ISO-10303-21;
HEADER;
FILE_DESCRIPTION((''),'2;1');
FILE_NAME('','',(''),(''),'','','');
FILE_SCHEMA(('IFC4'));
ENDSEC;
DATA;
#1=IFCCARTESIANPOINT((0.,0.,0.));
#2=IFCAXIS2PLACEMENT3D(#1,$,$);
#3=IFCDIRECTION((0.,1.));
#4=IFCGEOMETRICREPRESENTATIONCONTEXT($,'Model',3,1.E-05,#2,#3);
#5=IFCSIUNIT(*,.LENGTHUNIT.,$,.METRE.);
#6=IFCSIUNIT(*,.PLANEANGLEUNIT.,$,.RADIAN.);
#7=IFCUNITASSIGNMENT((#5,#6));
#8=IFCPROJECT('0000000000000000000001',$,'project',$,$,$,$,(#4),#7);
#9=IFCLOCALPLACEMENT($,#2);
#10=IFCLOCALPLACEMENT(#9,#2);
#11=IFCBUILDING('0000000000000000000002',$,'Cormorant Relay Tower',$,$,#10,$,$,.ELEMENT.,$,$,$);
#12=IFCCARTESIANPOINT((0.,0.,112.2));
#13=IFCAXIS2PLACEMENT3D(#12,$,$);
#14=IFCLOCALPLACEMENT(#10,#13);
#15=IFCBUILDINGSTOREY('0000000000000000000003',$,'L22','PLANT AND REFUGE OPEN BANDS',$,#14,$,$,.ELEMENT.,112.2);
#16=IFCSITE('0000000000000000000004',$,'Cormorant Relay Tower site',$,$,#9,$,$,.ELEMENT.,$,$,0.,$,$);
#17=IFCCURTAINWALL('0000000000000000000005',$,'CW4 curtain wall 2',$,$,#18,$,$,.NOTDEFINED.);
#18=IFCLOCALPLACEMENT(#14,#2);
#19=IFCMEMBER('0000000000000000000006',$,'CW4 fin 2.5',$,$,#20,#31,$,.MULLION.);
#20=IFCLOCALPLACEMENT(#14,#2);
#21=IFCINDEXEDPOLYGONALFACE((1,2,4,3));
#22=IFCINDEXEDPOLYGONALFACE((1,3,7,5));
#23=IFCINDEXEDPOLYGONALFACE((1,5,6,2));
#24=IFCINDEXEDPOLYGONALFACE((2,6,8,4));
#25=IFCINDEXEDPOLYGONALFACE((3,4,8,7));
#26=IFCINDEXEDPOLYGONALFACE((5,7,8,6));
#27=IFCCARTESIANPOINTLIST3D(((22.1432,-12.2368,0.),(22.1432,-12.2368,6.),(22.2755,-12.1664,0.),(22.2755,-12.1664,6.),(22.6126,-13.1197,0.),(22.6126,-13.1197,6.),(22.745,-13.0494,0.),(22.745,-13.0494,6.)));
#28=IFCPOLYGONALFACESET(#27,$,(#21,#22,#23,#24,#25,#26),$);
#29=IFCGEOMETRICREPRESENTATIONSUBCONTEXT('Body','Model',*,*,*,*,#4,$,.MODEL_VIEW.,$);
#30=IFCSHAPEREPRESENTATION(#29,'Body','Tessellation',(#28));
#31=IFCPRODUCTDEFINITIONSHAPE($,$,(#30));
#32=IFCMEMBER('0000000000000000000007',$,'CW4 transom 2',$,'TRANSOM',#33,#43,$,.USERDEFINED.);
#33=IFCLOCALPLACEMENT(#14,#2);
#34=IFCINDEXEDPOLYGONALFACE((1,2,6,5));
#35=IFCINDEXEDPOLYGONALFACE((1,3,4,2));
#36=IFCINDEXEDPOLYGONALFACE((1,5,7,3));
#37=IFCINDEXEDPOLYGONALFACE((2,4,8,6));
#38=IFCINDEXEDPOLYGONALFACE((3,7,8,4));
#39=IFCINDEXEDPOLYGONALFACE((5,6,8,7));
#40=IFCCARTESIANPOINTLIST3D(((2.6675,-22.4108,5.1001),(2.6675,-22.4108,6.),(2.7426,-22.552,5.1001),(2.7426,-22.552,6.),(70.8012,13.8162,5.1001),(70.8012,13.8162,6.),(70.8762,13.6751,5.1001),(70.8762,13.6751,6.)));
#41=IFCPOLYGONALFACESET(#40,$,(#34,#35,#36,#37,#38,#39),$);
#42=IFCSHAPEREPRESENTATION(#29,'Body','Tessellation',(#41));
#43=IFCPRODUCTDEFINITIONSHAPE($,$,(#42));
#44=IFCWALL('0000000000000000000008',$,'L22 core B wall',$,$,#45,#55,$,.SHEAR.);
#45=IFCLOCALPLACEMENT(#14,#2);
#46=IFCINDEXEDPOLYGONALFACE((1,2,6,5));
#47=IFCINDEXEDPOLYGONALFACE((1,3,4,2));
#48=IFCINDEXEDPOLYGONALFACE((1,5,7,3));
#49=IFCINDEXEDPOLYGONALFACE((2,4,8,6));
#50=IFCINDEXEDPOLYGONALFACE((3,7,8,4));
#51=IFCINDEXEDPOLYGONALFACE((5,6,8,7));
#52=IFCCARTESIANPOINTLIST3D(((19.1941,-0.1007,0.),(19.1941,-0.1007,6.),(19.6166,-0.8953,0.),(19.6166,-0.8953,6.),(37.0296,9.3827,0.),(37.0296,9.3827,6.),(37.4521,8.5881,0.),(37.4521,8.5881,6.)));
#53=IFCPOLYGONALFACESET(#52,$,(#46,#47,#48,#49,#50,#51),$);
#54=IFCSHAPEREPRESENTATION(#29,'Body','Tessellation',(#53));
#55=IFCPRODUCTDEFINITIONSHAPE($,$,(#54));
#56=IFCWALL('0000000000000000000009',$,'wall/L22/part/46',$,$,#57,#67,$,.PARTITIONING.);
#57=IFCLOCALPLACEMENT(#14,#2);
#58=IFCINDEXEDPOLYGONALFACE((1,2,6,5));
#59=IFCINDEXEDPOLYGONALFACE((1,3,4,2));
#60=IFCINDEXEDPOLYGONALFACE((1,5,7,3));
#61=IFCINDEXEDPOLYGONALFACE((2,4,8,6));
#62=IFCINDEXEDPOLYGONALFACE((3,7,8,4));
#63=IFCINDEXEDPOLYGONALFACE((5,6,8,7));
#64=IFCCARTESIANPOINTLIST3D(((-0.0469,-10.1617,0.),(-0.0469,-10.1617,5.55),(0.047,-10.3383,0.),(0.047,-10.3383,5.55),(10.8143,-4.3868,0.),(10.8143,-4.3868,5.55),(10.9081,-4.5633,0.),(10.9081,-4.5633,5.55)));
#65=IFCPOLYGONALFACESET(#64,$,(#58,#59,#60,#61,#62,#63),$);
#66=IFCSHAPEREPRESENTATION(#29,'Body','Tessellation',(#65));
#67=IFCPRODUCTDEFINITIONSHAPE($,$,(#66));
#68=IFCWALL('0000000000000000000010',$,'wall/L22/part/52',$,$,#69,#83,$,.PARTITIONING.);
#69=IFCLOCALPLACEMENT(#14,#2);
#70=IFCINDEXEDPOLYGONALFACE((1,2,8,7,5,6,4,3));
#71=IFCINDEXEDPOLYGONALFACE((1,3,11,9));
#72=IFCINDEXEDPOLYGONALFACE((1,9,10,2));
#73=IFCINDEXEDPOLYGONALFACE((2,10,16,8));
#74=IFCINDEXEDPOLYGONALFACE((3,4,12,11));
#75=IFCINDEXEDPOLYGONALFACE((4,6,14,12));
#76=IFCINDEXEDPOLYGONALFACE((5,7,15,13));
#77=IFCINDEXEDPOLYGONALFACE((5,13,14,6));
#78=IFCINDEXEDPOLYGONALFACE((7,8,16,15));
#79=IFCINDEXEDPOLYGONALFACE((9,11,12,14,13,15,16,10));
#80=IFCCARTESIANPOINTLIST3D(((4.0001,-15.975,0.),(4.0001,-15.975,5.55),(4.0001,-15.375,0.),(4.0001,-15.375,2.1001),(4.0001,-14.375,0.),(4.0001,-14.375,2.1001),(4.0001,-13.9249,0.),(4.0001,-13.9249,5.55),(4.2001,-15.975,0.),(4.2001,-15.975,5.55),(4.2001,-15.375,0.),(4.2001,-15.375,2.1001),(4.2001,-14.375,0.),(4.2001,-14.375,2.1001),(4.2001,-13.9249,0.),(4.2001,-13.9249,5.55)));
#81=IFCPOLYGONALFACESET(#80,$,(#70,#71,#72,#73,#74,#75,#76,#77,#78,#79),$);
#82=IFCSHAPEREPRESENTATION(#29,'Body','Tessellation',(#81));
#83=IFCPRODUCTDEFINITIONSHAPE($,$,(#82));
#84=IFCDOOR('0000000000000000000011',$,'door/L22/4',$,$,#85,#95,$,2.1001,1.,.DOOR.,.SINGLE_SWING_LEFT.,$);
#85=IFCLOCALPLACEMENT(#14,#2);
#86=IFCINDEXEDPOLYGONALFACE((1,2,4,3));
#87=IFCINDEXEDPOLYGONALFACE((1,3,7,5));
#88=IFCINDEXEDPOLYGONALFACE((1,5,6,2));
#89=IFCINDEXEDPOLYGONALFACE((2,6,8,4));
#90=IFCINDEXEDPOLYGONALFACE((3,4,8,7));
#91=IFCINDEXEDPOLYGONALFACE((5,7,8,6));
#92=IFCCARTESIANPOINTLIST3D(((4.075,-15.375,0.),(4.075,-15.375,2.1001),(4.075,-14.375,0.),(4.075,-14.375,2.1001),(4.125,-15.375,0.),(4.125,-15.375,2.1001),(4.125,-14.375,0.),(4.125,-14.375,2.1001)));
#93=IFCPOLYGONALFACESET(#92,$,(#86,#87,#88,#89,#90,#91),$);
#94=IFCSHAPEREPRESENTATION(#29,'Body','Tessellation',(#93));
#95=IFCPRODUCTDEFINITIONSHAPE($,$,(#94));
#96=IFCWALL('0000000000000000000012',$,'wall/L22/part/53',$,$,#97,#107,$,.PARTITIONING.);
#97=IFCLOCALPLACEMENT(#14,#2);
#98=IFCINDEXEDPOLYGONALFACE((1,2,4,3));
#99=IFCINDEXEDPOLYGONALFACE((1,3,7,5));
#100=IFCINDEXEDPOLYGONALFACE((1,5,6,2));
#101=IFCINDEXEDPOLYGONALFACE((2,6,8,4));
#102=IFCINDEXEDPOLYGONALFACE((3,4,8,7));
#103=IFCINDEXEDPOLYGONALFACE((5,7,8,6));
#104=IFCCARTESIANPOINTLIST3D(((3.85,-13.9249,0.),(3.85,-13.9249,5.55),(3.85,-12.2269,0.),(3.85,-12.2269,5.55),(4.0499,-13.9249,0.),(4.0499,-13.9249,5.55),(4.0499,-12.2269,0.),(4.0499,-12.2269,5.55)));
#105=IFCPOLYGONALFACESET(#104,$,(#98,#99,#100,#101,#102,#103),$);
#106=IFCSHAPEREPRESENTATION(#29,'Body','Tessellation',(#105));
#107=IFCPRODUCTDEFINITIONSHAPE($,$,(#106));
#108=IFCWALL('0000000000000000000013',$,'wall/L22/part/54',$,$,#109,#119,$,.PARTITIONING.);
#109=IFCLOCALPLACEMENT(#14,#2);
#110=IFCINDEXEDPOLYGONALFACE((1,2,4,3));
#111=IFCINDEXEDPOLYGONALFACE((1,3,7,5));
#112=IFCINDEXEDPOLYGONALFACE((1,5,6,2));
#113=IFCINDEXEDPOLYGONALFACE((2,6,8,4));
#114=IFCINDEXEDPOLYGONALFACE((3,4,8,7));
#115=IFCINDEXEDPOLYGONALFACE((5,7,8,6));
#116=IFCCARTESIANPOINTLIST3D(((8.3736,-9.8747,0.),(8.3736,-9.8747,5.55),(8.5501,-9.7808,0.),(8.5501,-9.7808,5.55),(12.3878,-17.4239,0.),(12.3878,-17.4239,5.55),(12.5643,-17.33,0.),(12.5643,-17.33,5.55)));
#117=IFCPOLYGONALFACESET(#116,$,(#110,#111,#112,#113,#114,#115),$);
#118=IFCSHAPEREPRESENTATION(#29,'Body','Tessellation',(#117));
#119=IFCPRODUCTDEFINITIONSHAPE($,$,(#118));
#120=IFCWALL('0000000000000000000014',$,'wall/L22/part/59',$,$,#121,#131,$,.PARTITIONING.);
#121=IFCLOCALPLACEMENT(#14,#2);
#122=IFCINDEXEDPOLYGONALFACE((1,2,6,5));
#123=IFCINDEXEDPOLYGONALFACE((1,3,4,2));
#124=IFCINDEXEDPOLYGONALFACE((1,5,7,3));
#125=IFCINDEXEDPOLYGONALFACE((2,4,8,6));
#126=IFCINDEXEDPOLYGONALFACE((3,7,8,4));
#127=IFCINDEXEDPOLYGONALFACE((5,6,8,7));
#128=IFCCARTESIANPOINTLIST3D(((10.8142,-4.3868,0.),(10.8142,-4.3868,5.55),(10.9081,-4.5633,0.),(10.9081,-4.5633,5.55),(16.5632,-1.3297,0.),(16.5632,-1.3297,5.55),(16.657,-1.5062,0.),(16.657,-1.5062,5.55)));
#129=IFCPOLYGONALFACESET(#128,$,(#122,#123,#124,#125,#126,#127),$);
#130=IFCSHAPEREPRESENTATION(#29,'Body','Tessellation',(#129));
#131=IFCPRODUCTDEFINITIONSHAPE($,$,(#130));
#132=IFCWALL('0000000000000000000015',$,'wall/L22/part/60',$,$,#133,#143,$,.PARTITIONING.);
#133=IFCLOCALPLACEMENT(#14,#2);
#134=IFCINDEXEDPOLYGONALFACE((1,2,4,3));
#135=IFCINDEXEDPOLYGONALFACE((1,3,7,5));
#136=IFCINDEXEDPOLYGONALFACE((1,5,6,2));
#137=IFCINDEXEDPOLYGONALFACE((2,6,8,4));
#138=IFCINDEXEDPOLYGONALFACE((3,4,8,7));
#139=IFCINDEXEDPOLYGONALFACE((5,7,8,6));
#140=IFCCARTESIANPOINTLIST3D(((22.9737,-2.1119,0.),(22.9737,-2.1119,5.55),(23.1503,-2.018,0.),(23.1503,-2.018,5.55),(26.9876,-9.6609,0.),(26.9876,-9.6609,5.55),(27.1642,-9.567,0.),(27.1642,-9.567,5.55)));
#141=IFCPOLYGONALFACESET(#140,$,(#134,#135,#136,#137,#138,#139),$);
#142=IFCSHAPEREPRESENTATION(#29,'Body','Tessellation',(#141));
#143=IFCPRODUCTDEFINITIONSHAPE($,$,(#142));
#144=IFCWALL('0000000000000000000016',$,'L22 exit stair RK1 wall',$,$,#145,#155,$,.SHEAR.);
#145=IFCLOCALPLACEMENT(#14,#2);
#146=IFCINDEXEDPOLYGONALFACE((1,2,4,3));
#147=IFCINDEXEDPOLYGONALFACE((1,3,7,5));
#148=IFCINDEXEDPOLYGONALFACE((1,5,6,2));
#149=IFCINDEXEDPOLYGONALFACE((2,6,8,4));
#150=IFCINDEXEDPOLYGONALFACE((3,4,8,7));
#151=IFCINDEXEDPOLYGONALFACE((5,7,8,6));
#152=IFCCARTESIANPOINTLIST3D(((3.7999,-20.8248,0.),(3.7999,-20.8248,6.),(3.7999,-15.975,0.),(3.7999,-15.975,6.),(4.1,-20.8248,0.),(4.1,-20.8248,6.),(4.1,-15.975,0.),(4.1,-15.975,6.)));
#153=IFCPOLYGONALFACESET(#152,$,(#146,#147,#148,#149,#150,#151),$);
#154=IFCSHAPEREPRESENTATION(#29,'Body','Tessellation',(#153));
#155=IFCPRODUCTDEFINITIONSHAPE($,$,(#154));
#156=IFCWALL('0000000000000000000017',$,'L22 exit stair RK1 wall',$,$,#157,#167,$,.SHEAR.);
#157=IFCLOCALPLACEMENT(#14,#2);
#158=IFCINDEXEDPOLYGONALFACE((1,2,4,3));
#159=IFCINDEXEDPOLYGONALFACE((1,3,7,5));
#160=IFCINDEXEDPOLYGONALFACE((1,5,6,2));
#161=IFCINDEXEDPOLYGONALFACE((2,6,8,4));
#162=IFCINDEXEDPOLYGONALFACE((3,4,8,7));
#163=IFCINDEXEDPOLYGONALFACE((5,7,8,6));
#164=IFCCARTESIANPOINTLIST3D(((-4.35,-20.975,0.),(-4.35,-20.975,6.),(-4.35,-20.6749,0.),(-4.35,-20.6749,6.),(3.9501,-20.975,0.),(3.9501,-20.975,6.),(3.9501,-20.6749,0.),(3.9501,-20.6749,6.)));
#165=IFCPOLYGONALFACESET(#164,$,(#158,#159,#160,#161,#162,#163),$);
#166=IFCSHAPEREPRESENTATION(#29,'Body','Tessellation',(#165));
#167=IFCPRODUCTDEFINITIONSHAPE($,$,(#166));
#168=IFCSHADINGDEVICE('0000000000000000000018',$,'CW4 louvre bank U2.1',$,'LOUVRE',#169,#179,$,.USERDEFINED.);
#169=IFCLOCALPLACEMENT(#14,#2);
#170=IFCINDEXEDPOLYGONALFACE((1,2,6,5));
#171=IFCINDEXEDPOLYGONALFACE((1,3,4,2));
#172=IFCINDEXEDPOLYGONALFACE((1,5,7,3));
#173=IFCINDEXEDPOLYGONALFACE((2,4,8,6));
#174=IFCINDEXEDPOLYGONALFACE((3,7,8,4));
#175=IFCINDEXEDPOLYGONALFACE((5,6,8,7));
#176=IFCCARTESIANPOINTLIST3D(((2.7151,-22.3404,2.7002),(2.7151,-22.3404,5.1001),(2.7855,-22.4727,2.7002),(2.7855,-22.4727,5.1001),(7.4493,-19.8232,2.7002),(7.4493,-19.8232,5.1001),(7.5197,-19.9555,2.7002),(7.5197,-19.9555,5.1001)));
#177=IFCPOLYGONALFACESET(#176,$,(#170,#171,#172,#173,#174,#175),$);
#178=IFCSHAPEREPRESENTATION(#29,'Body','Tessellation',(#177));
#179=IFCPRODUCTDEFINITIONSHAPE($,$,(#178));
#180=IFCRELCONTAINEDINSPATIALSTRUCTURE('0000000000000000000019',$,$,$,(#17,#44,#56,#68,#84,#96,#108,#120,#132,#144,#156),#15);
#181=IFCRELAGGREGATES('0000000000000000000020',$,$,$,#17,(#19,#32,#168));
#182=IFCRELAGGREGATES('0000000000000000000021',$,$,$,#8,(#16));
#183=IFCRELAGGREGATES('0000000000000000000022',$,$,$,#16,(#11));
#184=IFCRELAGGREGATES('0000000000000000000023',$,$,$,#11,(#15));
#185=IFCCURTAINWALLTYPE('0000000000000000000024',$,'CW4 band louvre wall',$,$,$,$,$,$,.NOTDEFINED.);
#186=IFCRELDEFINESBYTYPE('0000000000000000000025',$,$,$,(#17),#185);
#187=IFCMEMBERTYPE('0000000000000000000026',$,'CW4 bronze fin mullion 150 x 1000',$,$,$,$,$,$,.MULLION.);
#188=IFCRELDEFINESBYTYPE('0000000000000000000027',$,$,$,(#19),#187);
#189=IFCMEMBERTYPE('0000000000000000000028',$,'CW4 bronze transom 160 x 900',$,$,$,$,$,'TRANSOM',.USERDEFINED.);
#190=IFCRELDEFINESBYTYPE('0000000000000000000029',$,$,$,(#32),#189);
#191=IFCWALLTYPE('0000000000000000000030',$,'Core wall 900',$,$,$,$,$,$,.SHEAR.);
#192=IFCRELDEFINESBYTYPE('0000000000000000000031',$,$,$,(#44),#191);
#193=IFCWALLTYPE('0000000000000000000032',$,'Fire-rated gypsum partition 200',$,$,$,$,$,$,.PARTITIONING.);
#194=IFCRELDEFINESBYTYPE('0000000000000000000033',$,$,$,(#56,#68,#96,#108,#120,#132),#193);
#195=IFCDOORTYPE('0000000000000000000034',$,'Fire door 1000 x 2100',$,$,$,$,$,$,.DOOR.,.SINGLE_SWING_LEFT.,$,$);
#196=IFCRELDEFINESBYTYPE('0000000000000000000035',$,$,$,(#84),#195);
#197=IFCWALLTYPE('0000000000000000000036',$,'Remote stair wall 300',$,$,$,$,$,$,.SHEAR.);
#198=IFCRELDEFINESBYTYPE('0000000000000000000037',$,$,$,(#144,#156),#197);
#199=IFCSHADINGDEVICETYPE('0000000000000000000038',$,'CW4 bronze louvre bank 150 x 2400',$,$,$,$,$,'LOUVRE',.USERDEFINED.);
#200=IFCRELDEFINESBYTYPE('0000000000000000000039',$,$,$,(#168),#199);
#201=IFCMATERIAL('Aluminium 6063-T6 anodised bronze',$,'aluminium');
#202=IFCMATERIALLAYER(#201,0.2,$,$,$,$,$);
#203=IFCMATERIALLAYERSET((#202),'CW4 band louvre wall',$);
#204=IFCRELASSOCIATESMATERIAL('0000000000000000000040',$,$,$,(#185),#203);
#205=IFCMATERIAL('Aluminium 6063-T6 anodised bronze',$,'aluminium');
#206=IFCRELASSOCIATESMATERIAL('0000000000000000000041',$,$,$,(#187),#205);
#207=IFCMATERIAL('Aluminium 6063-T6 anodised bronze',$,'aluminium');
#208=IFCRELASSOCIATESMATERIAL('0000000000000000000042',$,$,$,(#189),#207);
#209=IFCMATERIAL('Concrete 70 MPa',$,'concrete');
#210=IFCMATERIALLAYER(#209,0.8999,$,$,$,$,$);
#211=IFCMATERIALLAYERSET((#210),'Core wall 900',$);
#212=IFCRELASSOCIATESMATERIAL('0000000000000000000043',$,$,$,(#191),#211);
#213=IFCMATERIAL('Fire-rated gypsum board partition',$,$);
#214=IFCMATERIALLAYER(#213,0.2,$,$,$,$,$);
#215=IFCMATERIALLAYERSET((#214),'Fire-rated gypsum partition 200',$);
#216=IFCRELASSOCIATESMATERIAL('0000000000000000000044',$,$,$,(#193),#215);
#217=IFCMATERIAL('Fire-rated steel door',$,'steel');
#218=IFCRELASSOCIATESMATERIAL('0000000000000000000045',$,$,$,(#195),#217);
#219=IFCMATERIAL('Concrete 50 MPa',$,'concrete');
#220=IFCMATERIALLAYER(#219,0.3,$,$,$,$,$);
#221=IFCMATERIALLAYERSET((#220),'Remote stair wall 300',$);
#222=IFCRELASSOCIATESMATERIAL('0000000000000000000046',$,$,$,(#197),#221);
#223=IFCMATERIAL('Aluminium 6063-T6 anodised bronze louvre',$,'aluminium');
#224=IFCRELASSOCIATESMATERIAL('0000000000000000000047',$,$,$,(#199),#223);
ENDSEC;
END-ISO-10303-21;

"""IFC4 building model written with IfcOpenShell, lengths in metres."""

from ifc_helpers import new_model, si_unit, direction, frame, frame_2d, origin, origin_2d, place, context, subcontext, project, spatial, rectangle, extrude, material, layer, layer_set, material_profile, profile_set, type_object, element, fill, aggregate, save


model = new_model("IFC4")

# Units and contexts
model_context = context("Model", 3, precision=1e-05, world=origin(), true_north=direction((0.0, 1.0)))
body_context = subcontext(model_context, "Body", "Model", "MODEL_VIEW")
ifc_project = project(units=[si_unit("LENGTHUNIT", "METRE"), si_unit("PLANEANGLEUNIT", "RADIAN")], contexts=[model_context])

# Site, building, storey
site_placement = place(None, origin())
site = spatial("IfcSite", under=ifc_project, at=site_placement, Name="Cormorant Relay Tower site", CompositionType="ELEMENT", RefElevation=0.0)
building_placement = place(site_placement, origin())
building = spatial("IfcBuilding", under=site, at=building_placement, Name="Cormorant Relay Tower", CompositionType="ELEMENT")
storey_placement = place(building_placement, frame((0.0, 0.0, 112.2)))
storey = spatial("IfcBuildingStorey", under=building, at=storey_placement, Name="L22", Description="PLANT AND REFUGE OPEN BANDS", CompositionType="ELEMENT", Elevation=112.2)

# Curtain wall, members
ifc_material_1 = material(Name="Aluminium 6063-T6 anodised bronze", Category="aluminium")
ifc_layer_1 = layer(ifc_material_1, 0.2)
ifc_layer_set_1 = layer_set([ifc_layer_1], Name="CW4 band louvre wall")
curtain_wall_type = type_object("IfcCurtainWallType", Name="CW4 band louvre wall", PredefinedType="NOTDEFINED", material=ifc_layer_set_1)
curtain_wall_placement = place(storey_placement, origin())
curtain_wall = element("IfcCurtainWall", 1, at=curtain_wall_placement, inside=storey, type_object=curtain_wall_type, Name="CW4 curtain wall 2", PredefinedType="NOTDEFINED")
ifc_material_2 = material(Name="Aluminium 6063-T6 anodised bronze", Category="aluminium")
ifc_material_profile_1 = material_profile(ifc_material_2, rectangle(XDim=0.1499, YDim=1.0, at=origin_2d()), Name="AL 150x1000")
ifc_profile_set_1 = profile_set([ifc_material_profile_1], Name="Aluminium 6063-T6 anodised bronze")
member_type_1 = type_object("IfcMemberType", Name="CW4 bronze fin mullion 150 x 1000", PredefinedType="MULLION", material=ifc_profile_set_1)
member_1_placement = place(storey_placement, frame((22.4441, -12.6431, 0.0), z_axis=(0.0, 0.0, 1.0), x_axis=(0.882948, 0.469472, 0.0)))
member_1 = element("IfcMember", 2, at=member_1_placement, type_object=member_type_1, Name="CW4 fin 2.5", PredefinedType="MULLION", context=body_context, shape_type="SweptSolid", body=[
    extrude(rectangle(XDim=0.1499, YDim=1.0, at=origin_2d()), origin(), (0.0, 0.0, 1.0), 6.0),
])
ifc_material_3 = material(Name="Aluminium 6063-T6 anodised bronze", Category="aluminium")
ifc_material_profile_2 = material_profile(ifc_material_3, rectangle(XDim=0.1599, YDim=0.8999, at=origin_2d()), Name="AL 160x900")
ifc_profile_set_2 = profile_set([ifc_material_profile_2], Name="Aluminium 6063-T6 anodised bronze")
member_type_2 = type_object("IfcMemberType", Name="CW4 bronze transom 160 x 900", ElementType="TRANSOM", PredefinedType="USERDEFINED", material=ifc_profile_set_2)
member_2_placement = place(storey_placement, frame((2.7051, -22.4814, 5.55), z_axis=(0.882949, 0.46947, 0.0), x_axis=(-0.46947, 0.882949, 0.0)))
member_2 = element("IfcMember", 3, at=member_2_placement, type_object=member_type_2, Name="CW4 transom 2", ObjectType="TRANSOM", PredefinedType="USERDEFINED", context=body_context, shape_type="SweptSolid", body=[
    extrude(rectangle(XDim=0.1599, YDim=0.8999, at=origin_2d()), origin(), (0.0, 0.0, 1.0), 77.166),
])

# Shared definitions
ifc_material_4 = material(Name="Concrete 70 MPa", Category="concrete")
ifc_layer_2 = layer(ifc_material_4, 0.8999)
ifc_layer_set_2 = layer_set([ifc_layer_2], Name="Core wall 900")
wall_type_1 = type_object("IfcWallType", Name="Core wall 900", PredefinedType="SHEAR", material=ifc_layer_set_2)

# Walls
wall_1_placement = place(storey_placement, frame((19.4053, -0.498, 0.0), z_axis=(0.0, 0.0, 1.0), x_axis=(0.882945, 0.469476, 0.0)))
element("IfcWall", 4, at=wall_1_placement, inside=storey, type_object=wall_type_1, Name="L22 core B wall", PredefinedType="SHEAR", context=body_context, shape_type="SweptSolid", body=[
    extrude(rectangle(XDim=20.2, YDim=0.8999, at=frame_2d((10.1001, 0.0))), origin(), (0.0, 0.0, 1.0), 6.0),
])
ifc_material_5 = material(Name="Fire-rated gypsum board partition")
ifc_layer_3 = layer(ifc_material_5, 0.2)
ifc_layer_set_3 = layer_set([ifc_layer_3], Name="Fire-rated gypsum partition 200")
wall_type_2 = type_object("IfcWallType", Name="Fire-rated gypsum partition 200", PredefinedType="PARTITIONING", material=ifc_layer_set_3)
wall_2_placement = place(storey_placement, frame((10.8611, -4.4751, 0.0), z_axis=(0.0, 0.0, 1.0), x_axis=(-0.882949, -0.469469, 0.0)))
element("IfcWall", 5, at=wall_2_placement, inside=storey, type_object=wall_type_2, Name="wall/L22/part/46", PredefinedType="PARTITIONING", context=body_context, shape_type="SweptSolid", body=[
    extrude(rectangle(XDim=12.301, YDim=0.2, at=frame_2d((6.1504, 0.0))), origin(), (0.0, 0.0, 1.0), 5.55),
])

# Wall, opening, door
wall_3_placement = place(storey_placement, frame((4.1001, -13.925, 0.0), z_axis=(0.0, 0.0, 1.0), x_axis=(0.0, -1.0, 0.0)))
wall_3 = element("IfcWall", 6, at=wall_3_placement, inside=storey, type_object=wall_type_2, Name="wall/L22/part/52", PredefinedType="PARTITIONING", context=body_context, shape_type="SweptSolid", body=[
    extrude(rectangle(XDim=2.05, YDim=0.2, at=frame_2d((1.0249, 0.0))), origin(), (0.0, 0.0, 1.0), 5.55),
])
opening_1_placement = place(wall_3_placement, frame((0.45, 0.0, 0.0)))
opening_1 = element("IfcOpeningElement", 7, at=opening_1_placement, cuts=wall_3, PredefinedType="OPENING", context=body_context, shape_type="SweptSolid", body=[
    extrude(rectangle(XDim=1.0, YDim=2.1001, at=frame_2d((0.5, 1.05))), frame((0.0, 0.1099, 0.0), z_axis=(0.0, -1.0, 0.0), x_axis=(1.0, 0.0, 0.0)), (0.0, 0.0, 1.0), 0.22),
])
ifc_material_6 = material(Name="Fire-rated steel door", Category="steel")
door_type_1 = type_object("IfcDoorType", Name="Fire door 1000 x 2100", OperationType="SINGLE_SWING_LEFT", PredefinedType="DOOR", material=ifc_material_6)
door_1_placement = place(opening_1_placement, origin())
door_1 = element("IfcDoor", 8, at=door_1_placement, inside=storey, type_object=door_type_1, Name="door/L22/4", OperationType="SINGLE_SWING_LEFT", OverallHeight=2.1001, OverallWidth=1.0, PredefinedType="DOOR", context=body_context, shape_type="SweptSolid", body=[
    extrude(rectangle(XDim=1.0, YDim=2.1001, at=frame_2d((0.5, 1.05))), frame((0.0, 0.0249, 0.0), z_axis=(0.0, -1.0, 0.0), x_axis=(1.0, 0.0, 0.0)), (0.0, 0.0, 1.0), 0.05),
])
fill(opening_1, door_1)

# Walls
wall_4_placement = place(storey_placement, frame((3.95, -13.925, 0.0), z_axis=(0.0, 0.0, 1.0), x_axis=(0.0, 1.0, 0.0)))
element("IfcWall", 9, at=wall_4_placement, inside=storey, type_object=wall_type_2, Name="wall/L22/part/53", PredefinedType="PARTITIONING", context=body_context, shape_type="SweptSolid", body=[
    extrude(rectangle(XDim=1.698, YDim=0.2, at=frame_2d((0.8491, 0.0))), origin(), (0.0, 0.0, 1.0), 5.55),
])
wall_5_placement = place(storey_placement, frame((8.4619, -9.8279, 0.0), z_axis=(0.0, 0.0, 1.0), x_axis=(0.469494, -0.882936, 0.0)))
element("IfcWall", 10, at=wall_5_placement, inside=storey, type_object=wall_type_2, Name="wall/L22/part/54", PredefinedType="PARTITIONING", context=body_context, shape_type="SweptSolid", body=[
    extrude(rectangle(XDim=8.55, YDim=0.2, at=frame_2d((4.2749, 0.0))), origin(), (0.0, 0.0, 1.0), 5.55),
])
wall_6_placement = place(storey_placement, frame((16.6101, -1.418, 0.0), z_axis=(0.0, 0.0, 1.0), x_axis=(-0.882927, -0.46951, 0.0)))
element("IfcWall", 11, at=wall_6_placement, inside=storey, type_object=wall_type_2, Name="wall/L22/part/59", PredefinedType="PARTITIONING", context=body_context, shape_type="SweptSolid", body=[
    extrude(rectangle(XDim=6.5112, YDim=0.2, at=frame_2d((3.2556, 0.0))), origin(), (0.0, 0.0, 1.0), 5.55),
])
wall_7_placement = place(storey_placement, frame((23.062, -2.0649, 0.0), z_axis=(0.0, 0.0, 1.0), x_axis=(0.469472, -0.882947, 0.0)))
element("IfcWall", 12, at=wall_7_placement, inside=storey, type_object=wall_type_2, Name="wall/L22/part/60", PredefinedType="PARTITIONING", context=body_context, shape_type="SweptSolid", body=[
    extrude(rectangle(XDim=8.5498, YDim=0.2, at=frame_2d((4.2749, 0.0))), origin(), (0.0, 0.0, 1.0), 5.55),
])
ifc_material_7 = material(Name="Concrete 50 MPa", Category="concrete")
ifc_layer_4 = layer(ifc_material_7, 0.3)
ifc_layer_set_4 = layer_set([ifc_layer_4], Name="Remote stair wall 300")
wall_type_3 = type_object("IfcWallType", Name="Remote stair wall 300", PredefinedType="SHEAR", material=ifc_layer_set_4)
wall_8_placement = place(storey_placement, frame((3.95, -15.9751, 0.0), z_axis=(0.0, 0.0, 1.0), x_axis=(0.0, -1.0, 0.0)))
element("IfcWall", 13, at=wall_8_placement, inside=storey, type_object=wall_type_3, Name="L22 exit stair RK1 wall", PredefinedType="SHEAR", context=body_context, shape_type="SweptSolid", body=[
    extrude(rectangle(XDim=4.8499, YDim=0.3, at=frame_2d((2.4248, 0.0))), origin(), (0.0, 0.0, 1.0), 6.0),
])
wall_9_placement = place(storey_placement, frame((3.95, -20.825, 0.0), z_axis=(0.0, 0.0, 1.0), x_axis=(-1.0, 0.0, 0.0)))
element("IfcWall", 14, at=wall_9_placement, inside=storey, type_object=wall_type_3, Name="L22 exit stair RK1 wall", PredefinedType="SHEAR", context=body_context, shape_type="SweptSolid", body=[
    extrude(rectangle(XDim=8.3, YDim=0.3, at=frame_2d((4.1499, 0.0))), origin(), (0.0, 0.0, 1.0), 6.0),
])

# Shading device
ifc_material_8 = material(Name="Aluminium 6063-T6 anodised bronze louvre", Category="aluminium")
shading_device_type = type_object("IfcShadingDeviceType", Name="CW4 bronze louvre bank 150 x 2400", ElementType="LOUVRE", PredefinedType="USERDEFINED", material=ifc_material_8)
shading_device_1_placement = place(storey_placement, frame((5.1174, -21.1479, 2.7002), z_axis=(0.0, 0.0, 1.0), x_axis=(0.882948, 0.469472, 0.0)))
shading_device_1 = element("IfcShadingDevice", 15, at=shading_device_1_placement, type_object=shading_device_type, Name="CW4 louvre bank U2.1", ObjectType="LOUVRE", PredefinedType="USERDEFINED", context=body_context, shape_type="SweptSolid", body=[
    extrude(rectangle(XDim=5.3618, YDim=0.1499, at=origin_2d()), origin(), (0.0, 0.0, 1.0), 2.3999),
])
aggregate(curtain_wall, [member_1, member_2, shading_device_1])

save(model, "model.ifc")
